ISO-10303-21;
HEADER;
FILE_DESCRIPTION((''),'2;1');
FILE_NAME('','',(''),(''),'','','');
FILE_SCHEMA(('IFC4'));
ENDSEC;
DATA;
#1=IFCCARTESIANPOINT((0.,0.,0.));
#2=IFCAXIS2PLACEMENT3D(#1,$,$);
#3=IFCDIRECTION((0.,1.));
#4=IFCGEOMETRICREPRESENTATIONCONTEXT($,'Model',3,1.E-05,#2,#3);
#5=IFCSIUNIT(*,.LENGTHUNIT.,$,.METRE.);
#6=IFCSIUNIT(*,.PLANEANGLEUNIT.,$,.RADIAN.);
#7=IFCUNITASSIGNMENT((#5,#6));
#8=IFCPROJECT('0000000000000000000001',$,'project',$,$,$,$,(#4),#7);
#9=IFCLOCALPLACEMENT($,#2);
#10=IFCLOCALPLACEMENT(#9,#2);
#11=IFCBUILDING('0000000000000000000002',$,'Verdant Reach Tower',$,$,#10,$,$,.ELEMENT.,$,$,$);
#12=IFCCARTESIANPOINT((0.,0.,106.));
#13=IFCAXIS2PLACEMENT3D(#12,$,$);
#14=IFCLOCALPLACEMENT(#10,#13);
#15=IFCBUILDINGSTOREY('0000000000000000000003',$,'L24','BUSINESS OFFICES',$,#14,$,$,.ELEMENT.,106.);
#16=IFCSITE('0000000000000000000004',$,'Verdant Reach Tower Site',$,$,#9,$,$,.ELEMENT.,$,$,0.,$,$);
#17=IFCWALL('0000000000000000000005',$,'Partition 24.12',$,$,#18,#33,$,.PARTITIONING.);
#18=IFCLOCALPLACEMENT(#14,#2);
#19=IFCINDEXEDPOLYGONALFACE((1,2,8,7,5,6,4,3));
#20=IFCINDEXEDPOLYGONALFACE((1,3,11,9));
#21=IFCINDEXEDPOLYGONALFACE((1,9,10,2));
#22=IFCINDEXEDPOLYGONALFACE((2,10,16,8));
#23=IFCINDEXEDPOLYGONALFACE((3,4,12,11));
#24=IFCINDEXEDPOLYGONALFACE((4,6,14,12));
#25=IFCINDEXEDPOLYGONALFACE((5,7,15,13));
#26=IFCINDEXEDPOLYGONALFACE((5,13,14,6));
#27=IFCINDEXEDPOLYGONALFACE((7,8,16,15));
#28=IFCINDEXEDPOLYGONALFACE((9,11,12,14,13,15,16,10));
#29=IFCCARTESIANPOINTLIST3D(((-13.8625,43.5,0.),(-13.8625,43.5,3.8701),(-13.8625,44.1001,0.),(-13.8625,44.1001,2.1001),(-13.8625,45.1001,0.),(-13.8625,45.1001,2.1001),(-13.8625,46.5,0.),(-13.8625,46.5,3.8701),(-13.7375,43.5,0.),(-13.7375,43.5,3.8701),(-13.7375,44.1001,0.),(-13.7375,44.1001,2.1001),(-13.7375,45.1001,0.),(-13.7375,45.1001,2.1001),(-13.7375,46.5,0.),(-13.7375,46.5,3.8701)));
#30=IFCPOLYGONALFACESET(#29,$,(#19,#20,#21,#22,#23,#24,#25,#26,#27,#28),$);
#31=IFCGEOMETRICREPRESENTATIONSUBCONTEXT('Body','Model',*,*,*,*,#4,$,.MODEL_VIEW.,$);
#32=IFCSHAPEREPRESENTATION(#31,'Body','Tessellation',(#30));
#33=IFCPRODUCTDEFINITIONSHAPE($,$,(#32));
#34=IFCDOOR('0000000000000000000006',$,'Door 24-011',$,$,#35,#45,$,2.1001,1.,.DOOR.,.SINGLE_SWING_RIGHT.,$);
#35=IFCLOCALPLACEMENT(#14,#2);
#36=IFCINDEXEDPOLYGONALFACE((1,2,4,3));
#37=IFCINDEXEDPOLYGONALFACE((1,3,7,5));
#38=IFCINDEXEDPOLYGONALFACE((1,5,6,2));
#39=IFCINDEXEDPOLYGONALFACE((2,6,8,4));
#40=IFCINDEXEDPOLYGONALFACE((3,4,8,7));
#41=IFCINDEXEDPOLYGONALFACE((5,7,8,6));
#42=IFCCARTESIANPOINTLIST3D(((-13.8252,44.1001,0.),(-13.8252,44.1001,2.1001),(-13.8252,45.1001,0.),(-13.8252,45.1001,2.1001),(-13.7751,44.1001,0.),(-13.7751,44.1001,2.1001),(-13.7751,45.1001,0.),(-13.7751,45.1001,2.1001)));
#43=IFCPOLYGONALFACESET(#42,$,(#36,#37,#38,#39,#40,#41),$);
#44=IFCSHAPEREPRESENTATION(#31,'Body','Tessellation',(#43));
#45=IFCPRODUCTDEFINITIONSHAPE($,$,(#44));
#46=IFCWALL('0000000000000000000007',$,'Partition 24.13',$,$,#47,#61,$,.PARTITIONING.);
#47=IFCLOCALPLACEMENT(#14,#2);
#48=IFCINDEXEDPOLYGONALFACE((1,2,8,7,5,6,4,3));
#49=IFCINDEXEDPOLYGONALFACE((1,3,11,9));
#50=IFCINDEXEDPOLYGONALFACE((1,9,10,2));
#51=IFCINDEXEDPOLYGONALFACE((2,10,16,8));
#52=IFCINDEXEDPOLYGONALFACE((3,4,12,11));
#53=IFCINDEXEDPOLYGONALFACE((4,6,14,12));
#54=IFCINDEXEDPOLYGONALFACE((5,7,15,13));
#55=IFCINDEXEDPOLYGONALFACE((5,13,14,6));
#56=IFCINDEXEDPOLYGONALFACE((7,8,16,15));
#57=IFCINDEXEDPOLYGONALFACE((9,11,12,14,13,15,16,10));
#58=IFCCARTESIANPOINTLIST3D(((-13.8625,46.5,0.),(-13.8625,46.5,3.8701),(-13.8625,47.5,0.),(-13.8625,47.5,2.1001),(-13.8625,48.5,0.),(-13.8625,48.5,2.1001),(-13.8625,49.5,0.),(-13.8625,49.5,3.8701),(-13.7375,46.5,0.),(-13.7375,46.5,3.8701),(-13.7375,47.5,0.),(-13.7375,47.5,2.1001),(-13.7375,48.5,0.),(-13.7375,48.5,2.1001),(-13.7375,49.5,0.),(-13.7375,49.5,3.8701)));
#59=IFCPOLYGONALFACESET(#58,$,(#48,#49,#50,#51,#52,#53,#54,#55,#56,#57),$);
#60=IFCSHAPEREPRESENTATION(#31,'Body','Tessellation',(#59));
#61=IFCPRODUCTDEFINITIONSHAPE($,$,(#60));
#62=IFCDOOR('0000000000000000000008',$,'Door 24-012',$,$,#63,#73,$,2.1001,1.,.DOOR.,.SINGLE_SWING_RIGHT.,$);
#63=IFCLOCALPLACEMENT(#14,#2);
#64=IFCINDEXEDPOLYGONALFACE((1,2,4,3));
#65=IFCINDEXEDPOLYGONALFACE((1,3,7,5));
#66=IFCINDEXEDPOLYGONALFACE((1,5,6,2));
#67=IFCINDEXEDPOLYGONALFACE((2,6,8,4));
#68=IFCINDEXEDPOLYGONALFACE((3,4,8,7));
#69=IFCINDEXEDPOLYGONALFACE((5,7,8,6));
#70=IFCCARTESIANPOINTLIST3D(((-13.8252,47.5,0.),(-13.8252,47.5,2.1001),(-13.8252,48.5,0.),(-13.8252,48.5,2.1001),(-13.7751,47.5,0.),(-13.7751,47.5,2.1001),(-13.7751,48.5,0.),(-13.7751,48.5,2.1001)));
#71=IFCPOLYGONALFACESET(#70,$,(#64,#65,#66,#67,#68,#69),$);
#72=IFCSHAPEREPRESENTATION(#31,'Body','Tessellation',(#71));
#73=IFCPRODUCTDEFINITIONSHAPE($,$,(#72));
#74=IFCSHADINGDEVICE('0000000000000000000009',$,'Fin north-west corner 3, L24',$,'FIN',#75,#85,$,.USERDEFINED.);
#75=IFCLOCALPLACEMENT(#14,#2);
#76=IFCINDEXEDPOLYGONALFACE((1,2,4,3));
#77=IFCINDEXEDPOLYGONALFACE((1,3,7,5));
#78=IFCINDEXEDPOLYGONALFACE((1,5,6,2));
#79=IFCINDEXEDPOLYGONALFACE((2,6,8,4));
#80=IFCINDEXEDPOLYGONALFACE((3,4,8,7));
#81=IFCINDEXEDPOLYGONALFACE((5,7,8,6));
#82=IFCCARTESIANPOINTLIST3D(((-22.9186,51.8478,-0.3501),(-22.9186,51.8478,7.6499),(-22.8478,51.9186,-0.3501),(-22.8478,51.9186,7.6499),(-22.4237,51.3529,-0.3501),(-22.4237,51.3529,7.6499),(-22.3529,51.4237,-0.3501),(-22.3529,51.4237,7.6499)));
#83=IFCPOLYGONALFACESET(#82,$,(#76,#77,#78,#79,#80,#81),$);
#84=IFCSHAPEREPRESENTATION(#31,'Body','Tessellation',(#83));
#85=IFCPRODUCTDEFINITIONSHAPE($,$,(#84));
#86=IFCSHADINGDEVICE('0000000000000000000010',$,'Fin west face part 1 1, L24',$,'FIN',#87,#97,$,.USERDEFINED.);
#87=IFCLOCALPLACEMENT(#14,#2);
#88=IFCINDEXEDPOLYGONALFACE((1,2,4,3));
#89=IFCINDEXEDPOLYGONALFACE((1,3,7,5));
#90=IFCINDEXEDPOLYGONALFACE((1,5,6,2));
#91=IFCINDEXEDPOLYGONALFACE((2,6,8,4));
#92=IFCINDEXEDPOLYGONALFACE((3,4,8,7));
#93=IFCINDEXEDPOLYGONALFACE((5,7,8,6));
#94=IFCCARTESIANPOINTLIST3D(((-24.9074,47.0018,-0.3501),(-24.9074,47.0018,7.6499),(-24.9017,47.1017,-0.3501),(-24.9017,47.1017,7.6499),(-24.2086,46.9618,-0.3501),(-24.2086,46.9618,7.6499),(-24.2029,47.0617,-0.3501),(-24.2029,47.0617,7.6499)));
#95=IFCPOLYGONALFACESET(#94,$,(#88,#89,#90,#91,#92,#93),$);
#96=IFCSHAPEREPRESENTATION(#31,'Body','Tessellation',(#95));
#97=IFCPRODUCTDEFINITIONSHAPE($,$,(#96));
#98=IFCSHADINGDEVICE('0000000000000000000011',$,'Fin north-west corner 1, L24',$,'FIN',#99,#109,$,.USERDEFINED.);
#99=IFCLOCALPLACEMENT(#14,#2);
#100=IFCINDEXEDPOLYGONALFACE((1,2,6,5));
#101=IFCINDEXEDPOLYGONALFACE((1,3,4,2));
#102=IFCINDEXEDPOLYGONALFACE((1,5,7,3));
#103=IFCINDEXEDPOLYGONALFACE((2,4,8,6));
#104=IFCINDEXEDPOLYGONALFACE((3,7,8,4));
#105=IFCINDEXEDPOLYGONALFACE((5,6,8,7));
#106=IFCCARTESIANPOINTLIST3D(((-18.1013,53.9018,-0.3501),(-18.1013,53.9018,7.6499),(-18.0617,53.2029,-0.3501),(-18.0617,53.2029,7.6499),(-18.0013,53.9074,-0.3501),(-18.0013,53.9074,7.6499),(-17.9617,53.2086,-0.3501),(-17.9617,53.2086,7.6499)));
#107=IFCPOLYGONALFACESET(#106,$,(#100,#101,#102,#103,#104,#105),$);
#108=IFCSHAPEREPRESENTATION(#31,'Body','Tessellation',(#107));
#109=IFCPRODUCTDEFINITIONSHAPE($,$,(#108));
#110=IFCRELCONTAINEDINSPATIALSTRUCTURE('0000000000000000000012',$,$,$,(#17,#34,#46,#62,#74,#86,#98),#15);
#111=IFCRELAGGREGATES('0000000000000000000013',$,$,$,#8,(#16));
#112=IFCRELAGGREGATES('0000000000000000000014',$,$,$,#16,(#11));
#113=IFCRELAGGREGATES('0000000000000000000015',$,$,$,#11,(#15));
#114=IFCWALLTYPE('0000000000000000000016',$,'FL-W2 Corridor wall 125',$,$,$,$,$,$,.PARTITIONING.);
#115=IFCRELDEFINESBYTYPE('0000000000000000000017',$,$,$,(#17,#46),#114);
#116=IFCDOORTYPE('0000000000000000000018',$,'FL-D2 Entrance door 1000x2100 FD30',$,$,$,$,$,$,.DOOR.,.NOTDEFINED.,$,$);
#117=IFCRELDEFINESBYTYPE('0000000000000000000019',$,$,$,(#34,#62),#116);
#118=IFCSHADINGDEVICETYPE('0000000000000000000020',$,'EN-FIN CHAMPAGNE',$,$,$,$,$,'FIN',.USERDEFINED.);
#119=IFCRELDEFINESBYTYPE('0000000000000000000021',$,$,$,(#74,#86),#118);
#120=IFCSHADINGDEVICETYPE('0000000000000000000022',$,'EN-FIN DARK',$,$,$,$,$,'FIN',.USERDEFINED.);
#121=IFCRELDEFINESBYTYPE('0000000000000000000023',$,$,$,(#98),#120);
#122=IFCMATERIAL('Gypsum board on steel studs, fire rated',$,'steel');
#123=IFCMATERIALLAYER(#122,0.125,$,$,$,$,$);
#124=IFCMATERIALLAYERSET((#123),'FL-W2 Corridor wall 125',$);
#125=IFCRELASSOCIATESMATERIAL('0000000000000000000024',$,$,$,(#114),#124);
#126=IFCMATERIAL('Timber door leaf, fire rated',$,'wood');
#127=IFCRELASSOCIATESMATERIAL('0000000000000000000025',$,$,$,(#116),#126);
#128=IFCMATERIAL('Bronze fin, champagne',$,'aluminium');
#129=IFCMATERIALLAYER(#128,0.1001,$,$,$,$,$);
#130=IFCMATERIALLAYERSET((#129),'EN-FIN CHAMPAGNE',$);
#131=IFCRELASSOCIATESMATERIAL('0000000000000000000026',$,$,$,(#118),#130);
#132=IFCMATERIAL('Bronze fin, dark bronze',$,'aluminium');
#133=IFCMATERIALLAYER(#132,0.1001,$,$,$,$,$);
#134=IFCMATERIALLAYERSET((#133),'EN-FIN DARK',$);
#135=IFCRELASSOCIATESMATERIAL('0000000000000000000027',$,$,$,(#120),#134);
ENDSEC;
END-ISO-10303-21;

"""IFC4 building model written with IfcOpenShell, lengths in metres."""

from ifc_helpers import new_model, si_unit, direction, frame, frame_2d, origin, origin_2d, place, context, subcontext, project, spatial, rectangle, extrude, material, layer, layer_set, type_object, element, fill, save


model = new_model("IFC4")

# Units and contexts
model_context = context("Model", 3, precision=1e-05, world=origin(), true_north=direction((0.0, 1.0)))
body_context = subcontext(model_context, "Body", "Model", "MODEL_VIEW")
ifc_project = project(units=[si_unit("LENGTHUNIT", "METRE"), si_unit("PLANEANGLEUNIT", "RADIAN")], contexts=[model_context])

# Site, building, storey
site_placement = place(None, origin())
site = spatial("IfcSite", under=ifc_project, at=site_placement, Name="Verdant Reach Tower Site", CompositionType="ELEMENT", RefElevation=0.0)
building_placement = place(site_placement, origin())
building = spatial("IfcBuilding", under=site, at=building_placement, Name="Verdant Reach Tower", CompositionType="ELEMENT")
storey_placement = place(building_placement, frame((0.0, 0.0, 106.0)))
storey = spatial("IfcBuildingStorey", under=building, at=storey_placement, Name="L24", Description="BUSINESS OFFICES", CompositionType="ELEMENT", Elevation=106.0)

# Walls, openings, doors
ifc_material_1 = material(Name="Gypsum board on steel studs, fire rated", Category="steel")
ifc_layer_1 = layer(ifc_material_1, 0.125)
ifc_layer_set_1 = layer_set([ifc_layer_1], Name="FL-W2 Corridor wall 125")
wall_type = type_object("IfcWallType", Name="FL-W2 Corridor wall 125", PredefinedType="PARTITIONING", material=ifc_layer_set_1)
wall_1_placement = place(storey_placement, frame((-13.8, 46.5, 0.0), z_axis=(0.0, 0.0, 1.0), x_axis=(0.0, -1.0, 0.0)))
wall_1 = element("IfcWall", 1, at=wall_1_placement, inside=storey, type_object=wall_type, Name="Partition 24.12", PredefinedType="PARTITIONING", context=body_context, shape_type="SweptSolid", body=[
    extrude(rectangle(XDim=3.0, YDim=0.125, at=frame_2d((1.5, 0.0))), origin(), (0.0, 0.0, 1.0), 3.8701),
])
opening_1_placement = place(wall_1_placement, frame((1.3999, 0.0, 0.0)))
opening_1 = element("IfcOpeningElement", 2, at=opening_1_placement, cuts=wall_1, PredefinedType="OPENING", context=body_context, shape_type="SweptSolid", body=[
    extrude(rectangle(XDim=1.0, YDim=2.1001, at=frame_2d((0.5, 1.05))), frame((0.0, 0.0725, 0.0), z_axis=(0.0, -1.0, 0.0), x_axis=(1.0, 0.0, 0.0)), (0.0, 0.0, 1.0), 0.145),
])
ifc_material_2 = material(Name="Timber door leaf, fire rated", Category="wood")
door_type = type_object("IfcDoorType", Name="FL-D2 Entrance door 1000x2100 FD30", OperationType="NOTDEFINED", PredefinedType="DOOR", material=ifc_material_2)
door_1_placement = place(opening_1_placement, origin())
door_1 = element("IfcDoor", 3, at=door_1_placement, inside=storey, type_object=door_type, Name="Door 24-011", OperationType="SINGLE_SWING_RIGHT", OverallHeight=2.1001, OverallWidth=1.0, PredefinedType="DOOR", context=body_context, shape_type="SweptSolid", body=[
    extrude(rectangle(XDim=1.0, YDim=2.1001, at=frame_2d((0.5, 1.05))), frame((0.0, 0.0249, 0.0), z_axis=(0.0, -1.0, 0.0), x_axis=(1.0, 0.0, 0.0)), (0.0, 0.0, 1.0), 0.05),
])
fill(opening_1, door_1)
wall_2_placement = place(storey_placement, frame((-13.8, 49.5, 0.0), z_axis=(0.0, 0.0, 1.0), x_axis=(0.0, -1.0, 0.0)))
wall_2 = element("IfcWall", 4, at=wall_2_placement, inside=storey, type_object=wall_type, Name="Partition 24.13", PredefinedType="PARTITIONING", context=body_context, shape_type="SweptSolid", body=[
    extrude(rectangle(XDim=3.0, YDim=0.125, at=frame_2d((1.5, 0.0))), origin(), (0.0, 0.0, 1.0), 3.8701),
])
opening_2_placement = place(wall_2_placement, frame((1.0, 0.0, 0.0)))
opening_2 = element("IfcOpeningElement", 5, at=opening_2_placement, cuts=wall_2, PredefinedType="OPENING", context=body_context, shape_type="SweptSolid", body=[
    extrude(rectangle(XDim=1.0, YDim=2.1001, at=frame_2d((0.5, 1.05))), frame((0.0, 0.0725, 0.0), z_axis=(0.0, -1.0, 0.0), x_axis=(1.0, 0.0, 0.0)), (0.0, 0.0, 1.0), 0.145),
])
door_2_placement = place(opening_2_placement, origin())
door_2 = element("IfcDoor", 6, at=door_2_placement, inside=storey, type_object=door_type, Name="Door 24-012", OperationType="SINGLE_SWING_RIGHT", OverallHeight=2.1001, OverallWidth=1.0, PredefinedType="DOOR", context=body_context, shape_type="SweptSolid", body=[
    extrude(rectangle(XDim=1.0, YDim=2.1001, at=frame_2d((0.5, 1.05))), frame((0.0, 0.0249, 0.0), z_axis=(0.0, -1.0, 0.0), x_axis=(1.0, 0.0, 0.0)), (0.0, 0.0, 1.0), 0.05),
])
fill(opening_2, door_2)

# Shading devices
ifc_material_3 = material(Name="Bronze fin, champagne", Category="aluminium")
ifc_layer_2 = layer(ifc_material_3, 0.1001)
ifc_layer_set_2 = layer_set([ifc_layer_2], Name="EN-FIN CHAMPAGNE")
shading_device_type_1 = type_object("IfcShadingDeviceType", Name="EN-FIN CHAMPAGNE", ElementType="FIN", PredefinedType="USERDEFINED", material=ifc_layer_set_2)
for number, where, z_axis, x_axis, name in (
    (7, (-22.6357, 51.6357, -0.3501), (0.0, 0.0, 1.0), (-0.707107, -0.707107, 0.0), "Fin north-west corner 3, L24"),
    (8, (-24.5552, 47.0317, -0.3501), (0.0, 0.0, 1.0), (-0.057135, -0.998366, 0.0), "Fin west face part 1 1, L24"),
):
    element("IfcShadingDevice", number, at=place(storey_placement, frame(where, z_axis=z_axis, x_axis=x_axis)), inside=storey, type_object=shading_device_type_1, Name=name, ObjectType="FIN", PredefinedType="USERDEFINED", context=body_context, shape_type="SweptSolid", body=[
        extrude(rectangle(XDim=0.1001, YDim=0.7, at=origin_2d()), origin(), (0.0, 0.0, 1.0), 8.0),
    ])
ifc_material_4 = material(Name="Bronze fin, dark bronze", Category="aluminium")
ifc_layer_3 = layer(ifc_material_4, 0.1001)
ifc_layer_set_3 = layer_set([ifc_layer_3], Name="EN-FIN DARK")
shading_device_type_2 = type_object("IfcShadingDeviceType", Name="EN-FIN DARK", ElementType="FIN", PredefinedType="USERDEFINED", material=ifc_layer_set_3)
shading_device_placement = place(storey_placement, frame((-18.0315, 53.5552, -0.3501), z_axis=(0.0, 0.0, 1.0), x_axis=(-0.998399, -0.056569, 0.0)))
element("IfcShadingDevice", 9, at=shading_device_placement, inside=storey, type_object=shading_device_type_2, Name="Fin north-west corner 1, L24", ObjectType="FIN", PredefinedType="USERDEFINED", context=body_context, shape_type="SweptSolid", body=[
    extrude(rectangle(XDim=0.1001, YDim=0.7, at=origin_2d()), origin(), (0.0, 0.0, 1.0), 8.0),
])

save(model, "model.ifc")
